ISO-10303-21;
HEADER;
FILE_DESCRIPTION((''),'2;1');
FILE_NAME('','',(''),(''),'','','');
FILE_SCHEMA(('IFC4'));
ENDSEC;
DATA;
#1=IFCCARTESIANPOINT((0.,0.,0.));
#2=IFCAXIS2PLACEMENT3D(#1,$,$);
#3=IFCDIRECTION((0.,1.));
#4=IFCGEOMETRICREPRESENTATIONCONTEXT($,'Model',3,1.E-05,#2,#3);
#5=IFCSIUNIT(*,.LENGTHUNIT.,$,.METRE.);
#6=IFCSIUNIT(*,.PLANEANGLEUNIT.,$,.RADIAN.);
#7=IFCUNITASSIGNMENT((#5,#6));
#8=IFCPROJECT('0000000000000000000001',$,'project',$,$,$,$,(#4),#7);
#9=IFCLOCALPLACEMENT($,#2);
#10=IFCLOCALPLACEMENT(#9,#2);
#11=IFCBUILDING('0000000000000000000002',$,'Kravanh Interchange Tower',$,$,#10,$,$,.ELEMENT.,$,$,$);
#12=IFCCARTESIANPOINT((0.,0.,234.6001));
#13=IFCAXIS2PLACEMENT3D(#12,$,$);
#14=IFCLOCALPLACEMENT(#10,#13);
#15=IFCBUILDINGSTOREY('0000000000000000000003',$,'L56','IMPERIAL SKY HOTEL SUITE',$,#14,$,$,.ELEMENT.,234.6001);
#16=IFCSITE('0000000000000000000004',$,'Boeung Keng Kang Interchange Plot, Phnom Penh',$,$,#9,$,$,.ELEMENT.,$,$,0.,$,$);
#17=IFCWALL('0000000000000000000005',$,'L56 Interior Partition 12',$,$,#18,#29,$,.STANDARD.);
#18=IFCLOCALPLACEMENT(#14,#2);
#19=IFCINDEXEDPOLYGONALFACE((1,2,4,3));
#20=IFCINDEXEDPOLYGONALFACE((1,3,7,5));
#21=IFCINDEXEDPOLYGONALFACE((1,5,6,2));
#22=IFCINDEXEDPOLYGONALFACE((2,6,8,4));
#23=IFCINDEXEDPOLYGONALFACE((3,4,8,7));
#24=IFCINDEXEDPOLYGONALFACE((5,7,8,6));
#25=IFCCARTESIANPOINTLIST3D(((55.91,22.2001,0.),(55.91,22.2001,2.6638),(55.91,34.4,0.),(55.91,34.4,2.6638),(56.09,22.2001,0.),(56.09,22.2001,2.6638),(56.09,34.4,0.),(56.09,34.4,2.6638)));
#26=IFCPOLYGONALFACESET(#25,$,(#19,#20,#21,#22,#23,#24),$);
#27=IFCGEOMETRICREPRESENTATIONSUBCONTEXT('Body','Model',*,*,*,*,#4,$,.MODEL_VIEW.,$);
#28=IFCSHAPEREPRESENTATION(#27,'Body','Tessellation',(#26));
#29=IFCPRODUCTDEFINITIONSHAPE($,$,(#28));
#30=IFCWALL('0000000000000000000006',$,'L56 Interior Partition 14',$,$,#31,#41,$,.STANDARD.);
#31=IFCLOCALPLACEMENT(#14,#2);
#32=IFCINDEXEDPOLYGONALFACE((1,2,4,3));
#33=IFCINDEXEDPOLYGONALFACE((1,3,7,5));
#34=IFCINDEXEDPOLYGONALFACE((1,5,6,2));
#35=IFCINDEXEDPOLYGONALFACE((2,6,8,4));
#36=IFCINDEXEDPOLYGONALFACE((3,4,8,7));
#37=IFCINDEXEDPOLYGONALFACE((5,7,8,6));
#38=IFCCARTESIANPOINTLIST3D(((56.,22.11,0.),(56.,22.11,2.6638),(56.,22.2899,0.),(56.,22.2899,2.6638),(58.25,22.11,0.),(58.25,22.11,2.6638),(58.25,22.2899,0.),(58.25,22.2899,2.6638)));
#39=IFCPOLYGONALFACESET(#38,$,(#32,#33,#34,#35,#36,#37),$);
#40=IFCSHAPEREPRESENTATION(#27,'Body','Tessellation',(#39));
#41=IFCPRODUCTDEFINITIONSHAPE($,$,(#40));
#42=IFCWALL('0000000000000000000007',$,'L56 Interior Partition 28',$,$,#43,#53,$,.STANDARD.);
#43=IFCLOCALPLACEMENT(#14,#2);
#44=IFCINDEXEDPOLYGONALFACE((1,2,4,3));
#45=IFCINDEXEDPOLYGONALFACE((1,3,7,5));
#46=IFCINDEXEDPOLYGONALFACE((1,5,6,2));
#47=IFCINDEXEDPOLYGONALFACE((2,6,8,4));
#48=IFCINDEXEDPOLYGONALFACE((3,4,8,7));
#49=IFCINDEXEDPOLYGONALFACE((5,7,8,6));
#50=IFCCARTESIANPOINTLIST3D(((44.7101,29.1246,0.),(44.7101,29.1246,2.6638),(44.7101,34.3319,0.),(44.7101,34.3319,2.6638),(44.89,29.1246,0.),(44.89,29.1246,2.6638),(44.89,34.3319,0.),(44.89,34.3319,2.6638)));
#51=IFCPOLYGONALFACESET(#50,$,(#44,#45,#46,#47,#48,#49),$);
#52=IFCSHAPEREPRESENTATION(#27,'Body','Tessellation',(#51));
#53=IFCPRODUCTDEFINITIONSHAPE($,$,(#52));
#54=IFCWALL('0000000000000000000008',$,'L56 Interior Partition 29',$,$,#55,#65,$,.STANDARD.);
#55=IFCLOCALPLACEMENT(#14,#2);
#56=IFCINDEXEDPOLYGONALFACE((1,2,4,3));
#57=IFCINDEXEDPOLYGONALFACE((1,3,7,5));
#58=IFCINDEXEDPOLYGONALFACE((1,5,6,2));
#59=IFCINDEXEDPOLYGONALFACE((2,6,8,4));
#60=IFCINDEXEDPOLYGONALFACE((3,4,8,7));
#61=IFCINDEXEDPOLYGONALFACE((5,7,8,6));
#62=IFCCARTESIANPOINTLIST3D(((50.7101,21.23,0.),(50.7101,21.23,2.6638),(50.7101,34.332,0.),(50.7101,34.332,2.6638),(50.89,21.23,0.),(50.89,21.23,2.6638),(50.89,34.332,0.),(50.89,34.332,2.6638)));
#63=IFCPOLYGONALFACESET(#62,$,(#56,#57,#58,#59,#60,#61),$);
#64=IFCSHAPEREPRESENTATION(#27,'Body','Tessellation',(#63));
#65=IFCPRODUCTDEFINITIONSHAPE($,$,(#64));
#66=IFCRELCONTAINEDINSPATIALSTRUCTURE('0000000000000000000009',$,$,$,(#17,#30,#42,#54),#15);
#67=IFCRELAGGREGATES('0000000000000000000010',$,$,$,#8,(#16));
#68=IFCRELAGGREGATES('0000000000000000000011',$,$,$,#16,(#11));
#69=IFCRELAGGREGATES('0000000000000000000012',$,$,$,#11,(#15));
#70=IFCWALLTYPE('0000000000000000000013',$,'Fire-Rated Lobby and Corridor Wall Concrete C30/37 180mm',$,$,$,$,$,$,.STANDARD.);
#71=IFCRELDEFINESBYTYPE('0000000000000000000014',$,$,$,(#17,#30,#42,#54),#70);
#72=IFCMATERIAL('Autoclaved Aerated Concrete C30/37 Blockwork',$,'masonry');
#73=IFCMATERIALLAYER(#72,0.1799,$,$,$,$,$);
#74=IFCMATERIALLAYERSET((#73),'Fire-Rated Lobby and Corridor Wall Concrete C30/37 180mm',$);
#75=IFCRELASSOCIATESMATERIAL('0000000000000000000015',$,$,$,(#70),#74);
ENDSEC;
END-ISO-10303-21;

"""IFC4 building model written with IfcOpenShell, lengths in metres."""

from ifc_helpers import new_model, si_unit, direction, frame, frame_2d, origin, place, context, subcontext, project, spatial, rectangle, extrude, material, layer, layer_set, type_object, element, save


model = new_model("IFC4")

# Units and contexts
model_context = context("Model", 3, precision=1e-05, world=origin(), true_north=direction((0.0, 1.0)))
body_context = subcontext(model_context, "Body", "Model", "MODEL_VIEW")
ifc_project = project(units=[si_unit("LENGTHUNIT", "METRE"), si_unit("PLANEANGLEUNIT", "RADIAN")], contexts=[model_context])

# Site, building, storey
site_placement = place(None, origin())
site = spatial("IfcSite", under=ifc_project, at=site_placement, Name="Boeung Keng Kang Interchange Plot, Phnom Penh", CompositionType="ELEMENT", RefElevation=0.0)
building_placement = place(site_placement, origin())
building = spatial("IfcBuilding", under=site, at=building_placement, Name="Kravanh Interchange Tower", CompositionType="ELEMENT")
storey_placement = place(building_placement, frame((0.0, 0.0, 234.6001)))
storey = spatial("IfcBuildingStorey", under=building, at=storey_placement, Name="L56", Description="IMPERIAL SKY HOTEL SUITE", CompositionType="ELEMENT", Elevation=234.6001)

# Walls
ifc_material_1 = material(Name="Autoclaved Aerated Concrete C30/37 Blockwork", Category="masonry")
ifc_layer_1 = layer(ifc_material_1, 0.1799)
ifc_layer_set_1 = layer_set([ifc_layer_1], Name="Fire-Rated Lobby and Corridor Wall Concrete C30/37 180mm")
wall_type_1 = type_object("IfcWallType", Name="Fire-Rated Lobby and Corridor Wall Concrete C30/37 180mm", PredefinedType="STANDARD", material=ifc_layer_set_1)
wall_1_placement = place(storey_placement, frame((56.0, 22.2, 0.0), z_axis=(0.0, 0.0, 1.0), x_axis=(0.0, 1.0, 0.0)))
element("IfcWall", 1, at=wall_1_placement, inside=storey, type_object=wall_type_1, Name="L56 Interior Partition 12", PredefinedType="STANDARD", context=body_context, shape_type="SweptSolid", body=[
    extrude(rectangle(XDim=12.2, YDim=0.1799, at=frame_2d((6.1001, 0.0))), origin(), (0.0, 0.0, 1.0), 2.6638),
])
wall_2_placement = place(storey_placement, frame((56.0, 22.2, 0.0), z_axis=(0.0, 0.0, 1.0), x_axis=(1.0, 0.0, 0.0)))
element("IfcWall", 2, at=wall_2_placement, inside=storey, type_object=wall_type_1, Name="L56 Interior Partition 14", PredefinedType="STANDARD", context=body_context, shape_type="SweptSolid", body=[
    extrude(rectangle(XDim=2.25, YDim=0.1799, at=frame_2d((1.125, 0.0))), origin(), (0.0, 0.0, 1.0), 2.6638),
])
wall_3_placement = place(storey_placement, frame((44.8, 29.1248, 0.0), z_axis=(0.0, 0.0, 1.0), x_axis=(0.0, 1.0, 0.0)))
element("IfcWall", 3, at=wall_3_placement, inside=storey, type_object=wall_type_1, Name="L56 Interior Partition 28", PredefinedType="STANDARD", context=body_context, shape_type="SweptSolid", body=[
    extrude(rectangle(XDim=5.2073, YDim=0.1799, at=frame_2d((2.6035, 0.0))), origin(), (0.0, 0.0, 1.0), 2.6638),
])
wall_4_placement = place(storey_placement, frame((50.8, 21.23, 0.0), z_axis=(0.0, 0.0, 1.0), x_axis=(0.0, 1.0, 0.0)))
element("IfcWall", 4, at=wall_4_placement, inside=storey, type_object=wall_type_1, Name="L56 Interior Partition 29", PredefinedType="STANDARD", context=body_context, shape_type="SweptSolid", body=[
    extrude(rectangle(XDim=13.1021, YDim=0.1799, at=frame_2d((6.551, 0.0))), origin(), (0.0, 0.0, 1.0), 2.6638),
])

save(model, "model.ifc")
